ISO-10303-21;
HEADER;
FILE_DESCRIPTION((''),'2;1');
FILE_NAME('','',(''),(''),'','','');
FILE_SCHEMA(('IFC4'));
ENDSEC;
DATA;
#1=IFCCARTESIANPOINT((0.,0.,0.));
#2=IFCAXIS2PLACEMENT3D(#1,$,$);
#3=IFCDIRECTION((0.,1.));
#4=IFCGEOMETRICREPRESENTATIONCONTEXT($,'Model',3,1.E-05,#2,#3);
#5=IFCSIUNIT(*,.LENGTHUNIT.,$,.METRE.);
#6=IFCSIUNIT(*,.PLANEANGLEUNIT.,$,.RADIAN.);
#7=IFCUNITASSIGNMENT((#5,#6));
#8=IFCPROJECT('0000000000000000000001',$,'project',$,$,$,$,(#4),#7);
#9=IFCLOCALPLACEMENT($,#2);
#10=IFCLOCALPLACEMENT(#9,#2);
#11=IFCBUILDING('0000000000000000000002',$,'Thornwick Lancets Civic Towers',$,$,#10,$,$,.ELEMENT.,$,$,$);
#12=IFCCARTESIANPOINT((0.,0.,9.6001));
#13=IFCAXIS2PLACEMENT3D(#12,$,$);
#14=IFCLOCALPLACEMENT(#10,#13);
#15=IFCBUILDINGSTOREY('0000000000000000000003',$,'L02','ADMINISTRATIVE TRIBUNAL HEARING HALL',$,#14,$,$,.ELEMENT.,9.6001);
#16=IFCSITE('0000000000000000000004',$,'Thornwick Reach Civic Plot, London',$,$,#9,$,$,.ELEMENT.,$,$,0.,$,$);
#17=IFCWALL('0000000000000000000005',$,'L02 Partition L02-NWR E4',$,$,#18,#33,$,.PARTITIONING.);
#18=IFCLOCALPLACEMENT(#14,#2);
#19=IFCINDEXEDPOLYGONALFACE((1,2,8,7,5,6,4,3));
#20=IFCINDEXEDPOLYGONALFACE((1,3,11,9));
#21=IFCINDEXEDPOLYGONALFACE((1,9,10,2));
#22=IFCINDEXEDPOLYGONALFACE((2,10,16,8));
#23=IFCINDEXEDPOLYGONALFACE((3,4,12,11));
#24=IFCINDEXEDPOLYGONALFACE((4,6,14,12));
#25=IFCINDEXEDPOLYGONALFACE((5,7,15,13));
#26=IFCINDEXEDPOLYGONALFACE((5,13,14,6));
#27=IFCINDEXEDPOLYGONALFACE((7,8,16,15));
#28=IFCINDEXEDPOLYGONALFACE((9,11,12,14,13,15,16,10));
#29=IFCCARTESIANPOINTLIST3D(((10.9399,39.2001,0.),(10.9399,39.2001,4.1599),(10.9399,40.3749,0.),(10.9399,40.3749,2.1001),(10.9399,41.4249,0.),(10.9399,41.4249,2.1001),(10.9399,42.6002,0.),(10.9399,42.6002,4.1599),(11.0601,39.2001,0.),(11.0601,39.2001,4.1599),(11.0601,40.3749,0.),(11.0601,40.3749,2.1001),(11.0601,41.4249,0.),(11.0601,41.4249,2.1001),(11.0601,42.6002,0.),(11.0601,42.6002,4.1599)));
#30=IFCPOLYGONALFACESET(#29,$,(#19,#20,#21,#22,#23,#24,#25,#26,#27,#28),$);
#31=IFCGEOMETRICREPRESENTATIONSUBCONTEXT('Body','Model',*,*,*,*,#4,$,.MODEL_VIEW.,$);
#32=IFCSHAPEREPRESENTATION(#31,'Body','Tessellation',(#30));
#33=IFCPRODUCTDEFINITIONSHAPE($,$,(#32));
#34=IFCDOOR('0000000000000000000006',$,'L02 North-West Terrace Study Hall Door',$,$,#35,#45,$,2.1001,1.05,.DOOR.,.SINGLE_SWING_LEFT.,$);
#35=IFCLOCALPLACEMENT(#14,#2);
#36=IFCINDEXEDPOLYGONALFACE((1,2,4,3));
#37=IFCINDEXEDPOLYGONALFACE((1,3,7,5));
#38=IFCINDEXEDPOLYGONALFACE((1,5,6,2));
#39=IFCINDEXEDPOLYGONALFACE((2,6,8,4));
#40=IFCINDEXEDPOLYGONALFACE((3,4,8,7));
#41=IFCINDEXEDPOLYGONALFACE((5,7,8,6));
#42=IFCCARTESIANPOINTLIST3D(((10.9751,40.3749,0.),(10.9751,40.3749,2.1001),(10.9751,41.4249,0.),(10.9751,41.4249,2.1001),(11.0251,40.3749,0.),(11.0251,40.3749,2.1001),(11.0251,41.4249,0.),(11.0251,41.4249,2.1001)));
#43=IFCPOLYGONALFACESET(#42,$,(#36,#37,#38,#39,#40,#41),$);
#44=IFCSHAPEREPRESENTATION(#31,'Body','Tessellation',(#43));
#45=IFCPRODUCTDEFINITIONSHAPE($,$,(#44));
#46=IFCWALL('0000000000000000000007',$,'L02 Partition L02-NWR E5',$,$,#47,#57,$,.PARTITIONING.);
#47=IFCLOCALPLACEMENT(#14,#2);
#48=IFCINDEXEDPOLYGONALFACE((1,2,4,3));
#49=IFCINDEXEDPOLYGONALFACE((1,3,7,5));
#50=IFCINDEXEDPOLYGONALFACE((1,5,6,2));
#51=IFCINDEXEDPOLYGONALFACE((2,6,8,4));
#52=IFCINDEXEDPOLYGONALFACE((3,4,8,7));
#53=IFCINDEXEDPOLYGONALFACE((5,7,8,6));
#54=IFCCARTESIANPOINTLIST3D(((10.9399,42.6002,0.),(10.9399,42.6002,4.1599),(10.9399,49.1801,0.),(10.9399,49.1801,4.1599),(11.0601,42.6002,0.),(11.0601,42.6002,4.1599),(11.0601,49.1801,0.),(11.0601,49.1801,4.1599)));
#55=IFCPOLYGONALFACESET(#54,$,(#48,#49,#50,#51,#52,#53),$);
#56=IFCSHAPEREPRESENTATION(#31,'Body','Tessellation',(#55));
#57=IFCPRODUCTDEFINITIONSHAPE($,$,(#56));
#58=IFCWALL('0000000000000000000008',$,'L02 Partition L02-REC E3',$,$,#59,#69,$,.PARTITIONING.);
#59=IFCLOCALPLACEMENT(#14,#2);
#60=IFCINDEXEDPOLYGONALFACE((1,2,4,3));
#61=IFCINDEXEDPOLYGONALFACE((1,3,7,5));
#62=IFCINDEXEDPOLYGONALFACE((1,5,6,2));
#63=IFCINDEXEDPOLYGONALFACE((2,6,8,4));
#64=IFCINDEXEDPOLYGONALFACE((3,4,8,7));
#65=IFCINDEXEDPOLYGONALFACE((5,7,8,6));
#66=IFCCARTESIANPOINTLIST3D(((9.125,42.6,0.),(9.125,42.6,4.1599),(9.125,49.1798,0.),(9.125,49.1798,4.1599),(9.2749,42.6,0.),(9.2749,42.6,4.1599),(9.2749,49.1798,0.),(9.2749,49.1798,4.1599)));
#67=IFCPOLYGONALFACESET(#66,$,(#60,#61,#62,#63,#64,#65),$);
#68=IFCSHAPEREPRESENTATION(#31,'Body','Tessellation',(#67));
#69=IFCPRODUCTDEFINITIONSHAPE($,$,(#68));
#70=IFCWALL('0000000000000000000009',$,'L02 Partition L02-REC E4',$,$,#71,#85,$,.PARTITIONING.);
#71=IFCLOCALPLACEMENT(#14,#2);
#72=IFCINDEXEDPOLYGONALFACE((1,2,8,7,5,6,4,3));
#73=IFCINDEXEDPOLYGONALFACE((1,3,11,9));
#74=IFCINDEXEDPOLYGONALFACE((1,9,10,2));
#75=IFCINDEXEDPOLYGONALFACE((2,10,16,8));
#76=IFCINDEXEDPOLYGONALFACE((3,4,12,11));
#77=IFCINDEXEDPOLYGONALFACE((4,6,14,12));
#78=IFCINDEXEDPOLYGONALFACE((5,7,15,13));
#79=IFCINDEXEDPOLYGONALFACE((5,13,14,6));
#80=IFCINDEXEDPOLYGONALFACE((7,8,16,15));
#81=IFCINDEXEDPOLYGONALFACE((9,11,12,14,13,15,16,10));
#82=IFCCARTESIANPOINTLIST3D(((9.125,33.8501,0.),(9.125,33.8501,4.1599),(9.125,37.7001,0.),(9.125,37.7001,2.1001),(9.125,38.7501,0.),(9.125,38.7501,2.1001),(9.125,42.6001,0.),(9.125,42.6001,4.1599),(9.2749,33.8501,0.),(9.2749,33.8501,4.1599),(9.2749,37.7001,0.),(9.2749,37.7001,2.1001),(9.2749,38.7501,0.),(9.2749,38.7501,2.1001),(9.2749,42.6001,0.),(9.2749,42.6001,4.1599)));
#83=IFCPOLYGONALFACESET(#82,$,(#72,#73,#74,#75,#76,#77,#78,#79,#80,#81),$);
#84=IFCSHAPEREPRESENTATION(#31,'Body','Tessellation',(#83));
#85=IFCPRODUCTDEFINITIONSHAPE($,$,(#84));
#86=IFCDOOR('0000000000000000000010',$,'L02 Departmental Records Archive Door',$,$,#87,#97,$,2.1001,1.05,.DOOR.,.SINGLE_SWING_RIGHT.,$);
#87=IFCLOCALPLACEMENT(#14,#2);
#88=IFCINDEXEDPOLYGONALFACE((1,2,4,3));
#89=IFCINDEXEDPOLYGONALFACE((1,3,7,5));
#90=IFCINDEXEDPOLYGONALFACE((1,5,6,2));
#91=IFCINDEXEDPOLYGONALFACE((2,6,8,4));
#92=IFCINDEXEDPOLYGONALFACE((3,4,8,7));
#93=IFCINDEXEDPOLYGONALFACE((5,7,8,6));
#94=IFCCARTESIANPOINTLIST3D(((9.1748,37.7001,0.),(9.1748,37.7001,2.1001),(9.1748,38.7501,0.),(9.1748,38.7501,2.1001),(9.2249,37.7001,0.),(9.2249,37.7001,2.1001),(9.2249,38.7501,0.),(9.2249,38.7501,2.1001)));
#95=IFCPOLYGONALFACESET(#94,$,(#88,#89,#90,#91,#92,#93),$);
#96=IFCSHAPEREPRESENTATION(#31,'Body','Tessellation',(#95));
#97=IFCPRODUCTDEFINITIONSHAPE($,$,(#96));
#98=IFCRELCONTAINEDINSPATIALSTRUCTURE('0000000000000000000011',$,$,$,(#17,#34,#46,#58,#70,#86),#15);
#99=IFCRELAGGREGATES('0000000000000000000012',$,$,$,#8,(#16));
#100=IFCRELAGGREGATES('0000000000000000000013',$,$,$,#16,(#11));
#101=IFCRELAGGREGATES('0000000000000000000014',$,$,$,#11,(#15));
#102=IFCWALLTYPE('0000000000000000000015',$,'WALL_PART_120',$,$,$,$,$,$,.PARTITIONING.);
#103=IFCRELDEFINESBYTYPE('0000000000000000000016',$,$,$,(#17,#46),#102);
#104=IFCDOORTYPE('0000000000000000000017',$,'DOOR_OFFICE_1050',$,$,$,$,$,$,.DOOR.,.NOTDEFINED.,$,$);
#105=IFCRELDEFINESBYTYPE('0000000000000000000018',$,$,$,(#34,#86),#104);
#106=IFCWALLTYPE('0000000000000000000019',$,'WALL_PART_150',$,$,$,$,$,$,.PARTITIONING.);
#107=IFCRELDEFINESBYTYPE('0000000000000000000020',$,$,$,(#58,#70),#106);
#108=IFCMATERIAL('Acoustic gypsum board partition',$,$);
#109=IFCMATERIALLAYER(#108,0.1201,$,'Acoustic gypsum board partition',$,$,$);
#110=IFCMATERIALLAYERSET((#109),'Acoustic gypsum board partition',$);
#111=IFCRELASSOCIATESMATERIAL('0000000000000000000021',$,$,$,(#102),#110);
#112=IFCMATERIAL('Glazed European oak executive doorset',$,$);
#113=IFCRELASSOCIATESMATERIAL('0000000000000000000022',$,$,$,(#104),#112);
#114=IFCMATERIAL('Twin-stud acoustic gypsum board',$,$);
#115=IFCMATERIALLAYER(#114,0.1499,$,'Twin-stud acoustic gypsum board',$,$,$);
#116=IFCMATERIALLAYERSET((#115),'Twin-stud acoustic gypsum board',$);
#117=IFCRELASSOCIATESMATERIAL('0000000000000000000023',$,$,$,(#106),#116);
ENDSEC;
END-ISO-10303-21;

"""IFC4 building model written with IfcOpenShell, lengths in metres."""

from ifc_helpers import new_model, si_unit, direction, frame, frame_2d, origin, place, context, subcontext, project, spatial, rectangle, extrude, material, layer, layer_set, type_object, element, fill, save


model = new_model("IFC4")

# Units and contexts
model_context = context("Model", 3, precision=1e-05, world=origin(), true_north=direction((0.0, 1.0)))
body_context = subcontext(model_context, "Body", "Model", "MODEL_VIEW")
ifc_project = project(units=[si_unit("LENGTHUNIT", "METRE"), si_unit("PLANEANGLEUNIT", "RADIAN")], contexts=[model_context])

# Site, building, storey
site_placement = place(None, origin())
site = spatial("IfcSite", under=ifc_project, at=site_placement, Name="Thornwick Reach Civic Plot, London", CompositionType="ELEMENT", RefElevation=0.0)
building_placement = place(site_placement, origin())
building = spatial("IfcBuilding", under=site, at=building_placement, Name="Thornwick Lancets Civic Towers", CompositionType="ELEMENT")
storey_placement = place(building_placement, frame((0.0, 0.0, 9.6001)))
storey = spatial("IfcBuildingStorey", under=building, at=storey_placement, Name="L02", Description="ADMINISTRATIVE TRIBUNAL HEARING HALL", CompositionType="ELEMENT", Elevation=9.6001)

# Shared definitions
ifc_material_1 = material(Name="Acoustic gypsum board partition")
ifc_layer_1 = layer(ifc_material_1, 0.1201, Name="Acoustic gypsum board partition")
ifc_layer_set_1 = layer_set([ifc_layer_1], Name="Acoustic gypsum board partition")
wall_type_1 = type_object("IfcWallType", Name="WALL_PART_120", PredefinedType="PARTITIONING", material=ifc_layer_set_1)

# Wall, opening, door
wall_1_placement = place(storey_placement, frame((11.0, 39.2, 0.0), z_axis=(0.0, 0.0, 1.0), x_axis=(0.0, 1.0, 0.0)))
wall_1 = element("IfcWall", 1, at=wall_1_placement, inside=storey, type_object=wall_type_1, Name="L02 Partition L02-NWR E4", PredefinedType="PARTITIONING", context=body_context, shape_type="SweptSolid", body=[
    extrude(rectangle(XDim=3.4001, YDim=0.1201, at=frame_2d((1.7002, 0.0))), origin(), (0.0, 0.0, 1.0), 4.1599),
])
opening_1_placement = place(wall_1_placement, frame((1.175, 0.0, 0.0)))
opening_1 = element("IfcOpeningElement", 2, at=opening_1_placement, cuts=wall_1, PredefinedType="OPENING", context=body_context, shape_type="SweptSolid", body=[
    extrude(rectangle(XDim=1.05, YDim=2.1001, at=frame_2d((0.5249, 1.05))), frame((0.0, 0.0701, 0.0), z_axis=(0.0, -1.0, 0.0), x_axis=(1.0, 0.0, 0.0)), (0.0, 0.0, 1.0), 0.1401),
])
ifc_material_2 = material(Name="Glazed European oak executive doorset")
door_type_1 = type_object("IfcDoorType", Name="DOOR_OFFICE_1050", OperationType="NOTDEFINED", PredefinedType="DOOR", material=ifc_material_2)
door_1_placement = place(opening_1_placement, origin())
door_1 = element("IfcDoor", 3, at=door_1_placement, inside=storey, type_object=door_type_1, Name="L02 North-West Terrace Study Hall Door", OperationType="SINGLE_SWING_LEFT", OverallHeight=2.1001, OverallWidth=1.05, PredefinedType="DOOR", context=body_context, shape_type="SweptSolid", body=[
    extrude(rectangle(XDim=1.05, YDim=2.1001, at=frame_2d((0.5249, 1.05))), frame((0.0, 0.0249, 0.0), z_axis=(0.0, -1.0, 0.0), x_axis=(1.0, 0.0, 0.0)), (0.0, 0.0, 1.0), 0.05),
])
fill(opening_1, door_1)

# Walls
wall_2_placement = place(storey_placement, frame((11.0, 42.6001, 0.0), z_axis=(0.0, 0.0, 1.0), x_axis=(0.0, 1.0, 0.0)))
element("IfcWall", 4, at=wall_2_placement, inside=storey, type_object=wall_type_1, Name="L02 Partition L02-NWR E5", PredefinedType="PARTITIONING", context=body_context, shape_type="SweptSolid", body=[
    extrude(rectangle(XDim=6.5798, YDim=0.1201, at=frame_2d((3.29, 0.0))), origin(), (0.0, 0.0, 1.0), 4.1599),
])
ifc_material_3 = material(Name="Twin-stud acoustic gypsum board")
ifc_layer_2 = layer(ifc_material_3, 0.1499, Name="Twin-stud acoustic gypsum board")
ifc_layer_set_2 = layer_set([ifc_layer_2], Name="Twin-stud acoustic gypsum board")
wall_type_2 = type_object("IfcWallType", Name="WALL_PART_150", PredefinedType="PARTITIONING", material=ifc_layer_set_2)
wall_3_placement = place(storey_placement, frame((9.2, 49.1799, 0.0), z_axis=(0.0, 0.0, 1.0), x_axis=(0.0, -1.0, 0.0)))
element("IfcWall", 5, at=wall_3_placement, inside=storey, type_object=wall_type_2, Name="L02 Partition L02-REC E3", PredefinedType="PARTITIONING", context=body_context, shape_type="SweptSolid", body=[
    extrude(rectangle(XDim=6.5798, YDim=0.1499, at=frame_2d((3.29, 0.0))), origin(), (0.0, 0.0, 1.0), 4.1599),
])

# Wall, opening, door
wall_4_placement = place(storey_placement, frame((9.2, 42.6001, 0.0), z_axis=(0.0, 0.0, 1.0), x_axis=(0.0, -1.0, 0.0)))
wall_4 = element("IfcWall", 6, at=wall_4_placement, inside=storey, type_object=wall_type_2, Name="L02 Partition L02-REC E4", PredefinedType="PARTITIONING", context=body_context, shape_type="SweptSolid", body=[
    extrude(rectangle(XDim=8.75, YDim=0.1499, at=frame_2d((4.375, 0.0))), origin(), (0.0, 0.0, 1.0), 4.1599),
])
opening_2_placement = place(wall_4_placement, frame((3.8501, 0.0, 0.0)))
opening_2 = element("IfcOpeningElement", 7, at=opening_2_placement, cuts=wall_4, PredefinedType="OPENING", context=body_context, shape_type="SweptSolid", body=[
    extrude(rectangle(XDim=1.05, YDim=2.1001, at=frame_2d((0.5249, 1.05))), frame((0.0, 0.085, 0.0), z_axis=(0.0, -1.0, 0.0), x_axis=(1.0, 0.0, 0.0)), (0.0, 0.0, 1.0), 0.1699),
])
door_2_placement = place(opening_2_placement, origin())
door_2 = element("IfcDoor", 8, at=door_2_placement, inside=storey, type_object=door_type_1, Name="L02 Departmental Records Archive Door", OperationType="SINGLE_SWING_RIGHT", OverallHeight=2.1001, OverallWidth=1.05, PredefinedType="DOOR", context=body_context, shape_type="SweptSolid", body=[
    extrude(rectangle(XDim=1.05, YDim=2.1001, at=frame_2d((0.5249, 1.05))), frame((0.0, 0.0249, 0.0), z_axis=(0.0, -1.0, 0.0), x_axis=(1.0, 0.0, 0.0)), (0.0, 0.0, 1.0), 0.05),
])
fill(opening_2, door_2)

save(model, "model.ifc")
